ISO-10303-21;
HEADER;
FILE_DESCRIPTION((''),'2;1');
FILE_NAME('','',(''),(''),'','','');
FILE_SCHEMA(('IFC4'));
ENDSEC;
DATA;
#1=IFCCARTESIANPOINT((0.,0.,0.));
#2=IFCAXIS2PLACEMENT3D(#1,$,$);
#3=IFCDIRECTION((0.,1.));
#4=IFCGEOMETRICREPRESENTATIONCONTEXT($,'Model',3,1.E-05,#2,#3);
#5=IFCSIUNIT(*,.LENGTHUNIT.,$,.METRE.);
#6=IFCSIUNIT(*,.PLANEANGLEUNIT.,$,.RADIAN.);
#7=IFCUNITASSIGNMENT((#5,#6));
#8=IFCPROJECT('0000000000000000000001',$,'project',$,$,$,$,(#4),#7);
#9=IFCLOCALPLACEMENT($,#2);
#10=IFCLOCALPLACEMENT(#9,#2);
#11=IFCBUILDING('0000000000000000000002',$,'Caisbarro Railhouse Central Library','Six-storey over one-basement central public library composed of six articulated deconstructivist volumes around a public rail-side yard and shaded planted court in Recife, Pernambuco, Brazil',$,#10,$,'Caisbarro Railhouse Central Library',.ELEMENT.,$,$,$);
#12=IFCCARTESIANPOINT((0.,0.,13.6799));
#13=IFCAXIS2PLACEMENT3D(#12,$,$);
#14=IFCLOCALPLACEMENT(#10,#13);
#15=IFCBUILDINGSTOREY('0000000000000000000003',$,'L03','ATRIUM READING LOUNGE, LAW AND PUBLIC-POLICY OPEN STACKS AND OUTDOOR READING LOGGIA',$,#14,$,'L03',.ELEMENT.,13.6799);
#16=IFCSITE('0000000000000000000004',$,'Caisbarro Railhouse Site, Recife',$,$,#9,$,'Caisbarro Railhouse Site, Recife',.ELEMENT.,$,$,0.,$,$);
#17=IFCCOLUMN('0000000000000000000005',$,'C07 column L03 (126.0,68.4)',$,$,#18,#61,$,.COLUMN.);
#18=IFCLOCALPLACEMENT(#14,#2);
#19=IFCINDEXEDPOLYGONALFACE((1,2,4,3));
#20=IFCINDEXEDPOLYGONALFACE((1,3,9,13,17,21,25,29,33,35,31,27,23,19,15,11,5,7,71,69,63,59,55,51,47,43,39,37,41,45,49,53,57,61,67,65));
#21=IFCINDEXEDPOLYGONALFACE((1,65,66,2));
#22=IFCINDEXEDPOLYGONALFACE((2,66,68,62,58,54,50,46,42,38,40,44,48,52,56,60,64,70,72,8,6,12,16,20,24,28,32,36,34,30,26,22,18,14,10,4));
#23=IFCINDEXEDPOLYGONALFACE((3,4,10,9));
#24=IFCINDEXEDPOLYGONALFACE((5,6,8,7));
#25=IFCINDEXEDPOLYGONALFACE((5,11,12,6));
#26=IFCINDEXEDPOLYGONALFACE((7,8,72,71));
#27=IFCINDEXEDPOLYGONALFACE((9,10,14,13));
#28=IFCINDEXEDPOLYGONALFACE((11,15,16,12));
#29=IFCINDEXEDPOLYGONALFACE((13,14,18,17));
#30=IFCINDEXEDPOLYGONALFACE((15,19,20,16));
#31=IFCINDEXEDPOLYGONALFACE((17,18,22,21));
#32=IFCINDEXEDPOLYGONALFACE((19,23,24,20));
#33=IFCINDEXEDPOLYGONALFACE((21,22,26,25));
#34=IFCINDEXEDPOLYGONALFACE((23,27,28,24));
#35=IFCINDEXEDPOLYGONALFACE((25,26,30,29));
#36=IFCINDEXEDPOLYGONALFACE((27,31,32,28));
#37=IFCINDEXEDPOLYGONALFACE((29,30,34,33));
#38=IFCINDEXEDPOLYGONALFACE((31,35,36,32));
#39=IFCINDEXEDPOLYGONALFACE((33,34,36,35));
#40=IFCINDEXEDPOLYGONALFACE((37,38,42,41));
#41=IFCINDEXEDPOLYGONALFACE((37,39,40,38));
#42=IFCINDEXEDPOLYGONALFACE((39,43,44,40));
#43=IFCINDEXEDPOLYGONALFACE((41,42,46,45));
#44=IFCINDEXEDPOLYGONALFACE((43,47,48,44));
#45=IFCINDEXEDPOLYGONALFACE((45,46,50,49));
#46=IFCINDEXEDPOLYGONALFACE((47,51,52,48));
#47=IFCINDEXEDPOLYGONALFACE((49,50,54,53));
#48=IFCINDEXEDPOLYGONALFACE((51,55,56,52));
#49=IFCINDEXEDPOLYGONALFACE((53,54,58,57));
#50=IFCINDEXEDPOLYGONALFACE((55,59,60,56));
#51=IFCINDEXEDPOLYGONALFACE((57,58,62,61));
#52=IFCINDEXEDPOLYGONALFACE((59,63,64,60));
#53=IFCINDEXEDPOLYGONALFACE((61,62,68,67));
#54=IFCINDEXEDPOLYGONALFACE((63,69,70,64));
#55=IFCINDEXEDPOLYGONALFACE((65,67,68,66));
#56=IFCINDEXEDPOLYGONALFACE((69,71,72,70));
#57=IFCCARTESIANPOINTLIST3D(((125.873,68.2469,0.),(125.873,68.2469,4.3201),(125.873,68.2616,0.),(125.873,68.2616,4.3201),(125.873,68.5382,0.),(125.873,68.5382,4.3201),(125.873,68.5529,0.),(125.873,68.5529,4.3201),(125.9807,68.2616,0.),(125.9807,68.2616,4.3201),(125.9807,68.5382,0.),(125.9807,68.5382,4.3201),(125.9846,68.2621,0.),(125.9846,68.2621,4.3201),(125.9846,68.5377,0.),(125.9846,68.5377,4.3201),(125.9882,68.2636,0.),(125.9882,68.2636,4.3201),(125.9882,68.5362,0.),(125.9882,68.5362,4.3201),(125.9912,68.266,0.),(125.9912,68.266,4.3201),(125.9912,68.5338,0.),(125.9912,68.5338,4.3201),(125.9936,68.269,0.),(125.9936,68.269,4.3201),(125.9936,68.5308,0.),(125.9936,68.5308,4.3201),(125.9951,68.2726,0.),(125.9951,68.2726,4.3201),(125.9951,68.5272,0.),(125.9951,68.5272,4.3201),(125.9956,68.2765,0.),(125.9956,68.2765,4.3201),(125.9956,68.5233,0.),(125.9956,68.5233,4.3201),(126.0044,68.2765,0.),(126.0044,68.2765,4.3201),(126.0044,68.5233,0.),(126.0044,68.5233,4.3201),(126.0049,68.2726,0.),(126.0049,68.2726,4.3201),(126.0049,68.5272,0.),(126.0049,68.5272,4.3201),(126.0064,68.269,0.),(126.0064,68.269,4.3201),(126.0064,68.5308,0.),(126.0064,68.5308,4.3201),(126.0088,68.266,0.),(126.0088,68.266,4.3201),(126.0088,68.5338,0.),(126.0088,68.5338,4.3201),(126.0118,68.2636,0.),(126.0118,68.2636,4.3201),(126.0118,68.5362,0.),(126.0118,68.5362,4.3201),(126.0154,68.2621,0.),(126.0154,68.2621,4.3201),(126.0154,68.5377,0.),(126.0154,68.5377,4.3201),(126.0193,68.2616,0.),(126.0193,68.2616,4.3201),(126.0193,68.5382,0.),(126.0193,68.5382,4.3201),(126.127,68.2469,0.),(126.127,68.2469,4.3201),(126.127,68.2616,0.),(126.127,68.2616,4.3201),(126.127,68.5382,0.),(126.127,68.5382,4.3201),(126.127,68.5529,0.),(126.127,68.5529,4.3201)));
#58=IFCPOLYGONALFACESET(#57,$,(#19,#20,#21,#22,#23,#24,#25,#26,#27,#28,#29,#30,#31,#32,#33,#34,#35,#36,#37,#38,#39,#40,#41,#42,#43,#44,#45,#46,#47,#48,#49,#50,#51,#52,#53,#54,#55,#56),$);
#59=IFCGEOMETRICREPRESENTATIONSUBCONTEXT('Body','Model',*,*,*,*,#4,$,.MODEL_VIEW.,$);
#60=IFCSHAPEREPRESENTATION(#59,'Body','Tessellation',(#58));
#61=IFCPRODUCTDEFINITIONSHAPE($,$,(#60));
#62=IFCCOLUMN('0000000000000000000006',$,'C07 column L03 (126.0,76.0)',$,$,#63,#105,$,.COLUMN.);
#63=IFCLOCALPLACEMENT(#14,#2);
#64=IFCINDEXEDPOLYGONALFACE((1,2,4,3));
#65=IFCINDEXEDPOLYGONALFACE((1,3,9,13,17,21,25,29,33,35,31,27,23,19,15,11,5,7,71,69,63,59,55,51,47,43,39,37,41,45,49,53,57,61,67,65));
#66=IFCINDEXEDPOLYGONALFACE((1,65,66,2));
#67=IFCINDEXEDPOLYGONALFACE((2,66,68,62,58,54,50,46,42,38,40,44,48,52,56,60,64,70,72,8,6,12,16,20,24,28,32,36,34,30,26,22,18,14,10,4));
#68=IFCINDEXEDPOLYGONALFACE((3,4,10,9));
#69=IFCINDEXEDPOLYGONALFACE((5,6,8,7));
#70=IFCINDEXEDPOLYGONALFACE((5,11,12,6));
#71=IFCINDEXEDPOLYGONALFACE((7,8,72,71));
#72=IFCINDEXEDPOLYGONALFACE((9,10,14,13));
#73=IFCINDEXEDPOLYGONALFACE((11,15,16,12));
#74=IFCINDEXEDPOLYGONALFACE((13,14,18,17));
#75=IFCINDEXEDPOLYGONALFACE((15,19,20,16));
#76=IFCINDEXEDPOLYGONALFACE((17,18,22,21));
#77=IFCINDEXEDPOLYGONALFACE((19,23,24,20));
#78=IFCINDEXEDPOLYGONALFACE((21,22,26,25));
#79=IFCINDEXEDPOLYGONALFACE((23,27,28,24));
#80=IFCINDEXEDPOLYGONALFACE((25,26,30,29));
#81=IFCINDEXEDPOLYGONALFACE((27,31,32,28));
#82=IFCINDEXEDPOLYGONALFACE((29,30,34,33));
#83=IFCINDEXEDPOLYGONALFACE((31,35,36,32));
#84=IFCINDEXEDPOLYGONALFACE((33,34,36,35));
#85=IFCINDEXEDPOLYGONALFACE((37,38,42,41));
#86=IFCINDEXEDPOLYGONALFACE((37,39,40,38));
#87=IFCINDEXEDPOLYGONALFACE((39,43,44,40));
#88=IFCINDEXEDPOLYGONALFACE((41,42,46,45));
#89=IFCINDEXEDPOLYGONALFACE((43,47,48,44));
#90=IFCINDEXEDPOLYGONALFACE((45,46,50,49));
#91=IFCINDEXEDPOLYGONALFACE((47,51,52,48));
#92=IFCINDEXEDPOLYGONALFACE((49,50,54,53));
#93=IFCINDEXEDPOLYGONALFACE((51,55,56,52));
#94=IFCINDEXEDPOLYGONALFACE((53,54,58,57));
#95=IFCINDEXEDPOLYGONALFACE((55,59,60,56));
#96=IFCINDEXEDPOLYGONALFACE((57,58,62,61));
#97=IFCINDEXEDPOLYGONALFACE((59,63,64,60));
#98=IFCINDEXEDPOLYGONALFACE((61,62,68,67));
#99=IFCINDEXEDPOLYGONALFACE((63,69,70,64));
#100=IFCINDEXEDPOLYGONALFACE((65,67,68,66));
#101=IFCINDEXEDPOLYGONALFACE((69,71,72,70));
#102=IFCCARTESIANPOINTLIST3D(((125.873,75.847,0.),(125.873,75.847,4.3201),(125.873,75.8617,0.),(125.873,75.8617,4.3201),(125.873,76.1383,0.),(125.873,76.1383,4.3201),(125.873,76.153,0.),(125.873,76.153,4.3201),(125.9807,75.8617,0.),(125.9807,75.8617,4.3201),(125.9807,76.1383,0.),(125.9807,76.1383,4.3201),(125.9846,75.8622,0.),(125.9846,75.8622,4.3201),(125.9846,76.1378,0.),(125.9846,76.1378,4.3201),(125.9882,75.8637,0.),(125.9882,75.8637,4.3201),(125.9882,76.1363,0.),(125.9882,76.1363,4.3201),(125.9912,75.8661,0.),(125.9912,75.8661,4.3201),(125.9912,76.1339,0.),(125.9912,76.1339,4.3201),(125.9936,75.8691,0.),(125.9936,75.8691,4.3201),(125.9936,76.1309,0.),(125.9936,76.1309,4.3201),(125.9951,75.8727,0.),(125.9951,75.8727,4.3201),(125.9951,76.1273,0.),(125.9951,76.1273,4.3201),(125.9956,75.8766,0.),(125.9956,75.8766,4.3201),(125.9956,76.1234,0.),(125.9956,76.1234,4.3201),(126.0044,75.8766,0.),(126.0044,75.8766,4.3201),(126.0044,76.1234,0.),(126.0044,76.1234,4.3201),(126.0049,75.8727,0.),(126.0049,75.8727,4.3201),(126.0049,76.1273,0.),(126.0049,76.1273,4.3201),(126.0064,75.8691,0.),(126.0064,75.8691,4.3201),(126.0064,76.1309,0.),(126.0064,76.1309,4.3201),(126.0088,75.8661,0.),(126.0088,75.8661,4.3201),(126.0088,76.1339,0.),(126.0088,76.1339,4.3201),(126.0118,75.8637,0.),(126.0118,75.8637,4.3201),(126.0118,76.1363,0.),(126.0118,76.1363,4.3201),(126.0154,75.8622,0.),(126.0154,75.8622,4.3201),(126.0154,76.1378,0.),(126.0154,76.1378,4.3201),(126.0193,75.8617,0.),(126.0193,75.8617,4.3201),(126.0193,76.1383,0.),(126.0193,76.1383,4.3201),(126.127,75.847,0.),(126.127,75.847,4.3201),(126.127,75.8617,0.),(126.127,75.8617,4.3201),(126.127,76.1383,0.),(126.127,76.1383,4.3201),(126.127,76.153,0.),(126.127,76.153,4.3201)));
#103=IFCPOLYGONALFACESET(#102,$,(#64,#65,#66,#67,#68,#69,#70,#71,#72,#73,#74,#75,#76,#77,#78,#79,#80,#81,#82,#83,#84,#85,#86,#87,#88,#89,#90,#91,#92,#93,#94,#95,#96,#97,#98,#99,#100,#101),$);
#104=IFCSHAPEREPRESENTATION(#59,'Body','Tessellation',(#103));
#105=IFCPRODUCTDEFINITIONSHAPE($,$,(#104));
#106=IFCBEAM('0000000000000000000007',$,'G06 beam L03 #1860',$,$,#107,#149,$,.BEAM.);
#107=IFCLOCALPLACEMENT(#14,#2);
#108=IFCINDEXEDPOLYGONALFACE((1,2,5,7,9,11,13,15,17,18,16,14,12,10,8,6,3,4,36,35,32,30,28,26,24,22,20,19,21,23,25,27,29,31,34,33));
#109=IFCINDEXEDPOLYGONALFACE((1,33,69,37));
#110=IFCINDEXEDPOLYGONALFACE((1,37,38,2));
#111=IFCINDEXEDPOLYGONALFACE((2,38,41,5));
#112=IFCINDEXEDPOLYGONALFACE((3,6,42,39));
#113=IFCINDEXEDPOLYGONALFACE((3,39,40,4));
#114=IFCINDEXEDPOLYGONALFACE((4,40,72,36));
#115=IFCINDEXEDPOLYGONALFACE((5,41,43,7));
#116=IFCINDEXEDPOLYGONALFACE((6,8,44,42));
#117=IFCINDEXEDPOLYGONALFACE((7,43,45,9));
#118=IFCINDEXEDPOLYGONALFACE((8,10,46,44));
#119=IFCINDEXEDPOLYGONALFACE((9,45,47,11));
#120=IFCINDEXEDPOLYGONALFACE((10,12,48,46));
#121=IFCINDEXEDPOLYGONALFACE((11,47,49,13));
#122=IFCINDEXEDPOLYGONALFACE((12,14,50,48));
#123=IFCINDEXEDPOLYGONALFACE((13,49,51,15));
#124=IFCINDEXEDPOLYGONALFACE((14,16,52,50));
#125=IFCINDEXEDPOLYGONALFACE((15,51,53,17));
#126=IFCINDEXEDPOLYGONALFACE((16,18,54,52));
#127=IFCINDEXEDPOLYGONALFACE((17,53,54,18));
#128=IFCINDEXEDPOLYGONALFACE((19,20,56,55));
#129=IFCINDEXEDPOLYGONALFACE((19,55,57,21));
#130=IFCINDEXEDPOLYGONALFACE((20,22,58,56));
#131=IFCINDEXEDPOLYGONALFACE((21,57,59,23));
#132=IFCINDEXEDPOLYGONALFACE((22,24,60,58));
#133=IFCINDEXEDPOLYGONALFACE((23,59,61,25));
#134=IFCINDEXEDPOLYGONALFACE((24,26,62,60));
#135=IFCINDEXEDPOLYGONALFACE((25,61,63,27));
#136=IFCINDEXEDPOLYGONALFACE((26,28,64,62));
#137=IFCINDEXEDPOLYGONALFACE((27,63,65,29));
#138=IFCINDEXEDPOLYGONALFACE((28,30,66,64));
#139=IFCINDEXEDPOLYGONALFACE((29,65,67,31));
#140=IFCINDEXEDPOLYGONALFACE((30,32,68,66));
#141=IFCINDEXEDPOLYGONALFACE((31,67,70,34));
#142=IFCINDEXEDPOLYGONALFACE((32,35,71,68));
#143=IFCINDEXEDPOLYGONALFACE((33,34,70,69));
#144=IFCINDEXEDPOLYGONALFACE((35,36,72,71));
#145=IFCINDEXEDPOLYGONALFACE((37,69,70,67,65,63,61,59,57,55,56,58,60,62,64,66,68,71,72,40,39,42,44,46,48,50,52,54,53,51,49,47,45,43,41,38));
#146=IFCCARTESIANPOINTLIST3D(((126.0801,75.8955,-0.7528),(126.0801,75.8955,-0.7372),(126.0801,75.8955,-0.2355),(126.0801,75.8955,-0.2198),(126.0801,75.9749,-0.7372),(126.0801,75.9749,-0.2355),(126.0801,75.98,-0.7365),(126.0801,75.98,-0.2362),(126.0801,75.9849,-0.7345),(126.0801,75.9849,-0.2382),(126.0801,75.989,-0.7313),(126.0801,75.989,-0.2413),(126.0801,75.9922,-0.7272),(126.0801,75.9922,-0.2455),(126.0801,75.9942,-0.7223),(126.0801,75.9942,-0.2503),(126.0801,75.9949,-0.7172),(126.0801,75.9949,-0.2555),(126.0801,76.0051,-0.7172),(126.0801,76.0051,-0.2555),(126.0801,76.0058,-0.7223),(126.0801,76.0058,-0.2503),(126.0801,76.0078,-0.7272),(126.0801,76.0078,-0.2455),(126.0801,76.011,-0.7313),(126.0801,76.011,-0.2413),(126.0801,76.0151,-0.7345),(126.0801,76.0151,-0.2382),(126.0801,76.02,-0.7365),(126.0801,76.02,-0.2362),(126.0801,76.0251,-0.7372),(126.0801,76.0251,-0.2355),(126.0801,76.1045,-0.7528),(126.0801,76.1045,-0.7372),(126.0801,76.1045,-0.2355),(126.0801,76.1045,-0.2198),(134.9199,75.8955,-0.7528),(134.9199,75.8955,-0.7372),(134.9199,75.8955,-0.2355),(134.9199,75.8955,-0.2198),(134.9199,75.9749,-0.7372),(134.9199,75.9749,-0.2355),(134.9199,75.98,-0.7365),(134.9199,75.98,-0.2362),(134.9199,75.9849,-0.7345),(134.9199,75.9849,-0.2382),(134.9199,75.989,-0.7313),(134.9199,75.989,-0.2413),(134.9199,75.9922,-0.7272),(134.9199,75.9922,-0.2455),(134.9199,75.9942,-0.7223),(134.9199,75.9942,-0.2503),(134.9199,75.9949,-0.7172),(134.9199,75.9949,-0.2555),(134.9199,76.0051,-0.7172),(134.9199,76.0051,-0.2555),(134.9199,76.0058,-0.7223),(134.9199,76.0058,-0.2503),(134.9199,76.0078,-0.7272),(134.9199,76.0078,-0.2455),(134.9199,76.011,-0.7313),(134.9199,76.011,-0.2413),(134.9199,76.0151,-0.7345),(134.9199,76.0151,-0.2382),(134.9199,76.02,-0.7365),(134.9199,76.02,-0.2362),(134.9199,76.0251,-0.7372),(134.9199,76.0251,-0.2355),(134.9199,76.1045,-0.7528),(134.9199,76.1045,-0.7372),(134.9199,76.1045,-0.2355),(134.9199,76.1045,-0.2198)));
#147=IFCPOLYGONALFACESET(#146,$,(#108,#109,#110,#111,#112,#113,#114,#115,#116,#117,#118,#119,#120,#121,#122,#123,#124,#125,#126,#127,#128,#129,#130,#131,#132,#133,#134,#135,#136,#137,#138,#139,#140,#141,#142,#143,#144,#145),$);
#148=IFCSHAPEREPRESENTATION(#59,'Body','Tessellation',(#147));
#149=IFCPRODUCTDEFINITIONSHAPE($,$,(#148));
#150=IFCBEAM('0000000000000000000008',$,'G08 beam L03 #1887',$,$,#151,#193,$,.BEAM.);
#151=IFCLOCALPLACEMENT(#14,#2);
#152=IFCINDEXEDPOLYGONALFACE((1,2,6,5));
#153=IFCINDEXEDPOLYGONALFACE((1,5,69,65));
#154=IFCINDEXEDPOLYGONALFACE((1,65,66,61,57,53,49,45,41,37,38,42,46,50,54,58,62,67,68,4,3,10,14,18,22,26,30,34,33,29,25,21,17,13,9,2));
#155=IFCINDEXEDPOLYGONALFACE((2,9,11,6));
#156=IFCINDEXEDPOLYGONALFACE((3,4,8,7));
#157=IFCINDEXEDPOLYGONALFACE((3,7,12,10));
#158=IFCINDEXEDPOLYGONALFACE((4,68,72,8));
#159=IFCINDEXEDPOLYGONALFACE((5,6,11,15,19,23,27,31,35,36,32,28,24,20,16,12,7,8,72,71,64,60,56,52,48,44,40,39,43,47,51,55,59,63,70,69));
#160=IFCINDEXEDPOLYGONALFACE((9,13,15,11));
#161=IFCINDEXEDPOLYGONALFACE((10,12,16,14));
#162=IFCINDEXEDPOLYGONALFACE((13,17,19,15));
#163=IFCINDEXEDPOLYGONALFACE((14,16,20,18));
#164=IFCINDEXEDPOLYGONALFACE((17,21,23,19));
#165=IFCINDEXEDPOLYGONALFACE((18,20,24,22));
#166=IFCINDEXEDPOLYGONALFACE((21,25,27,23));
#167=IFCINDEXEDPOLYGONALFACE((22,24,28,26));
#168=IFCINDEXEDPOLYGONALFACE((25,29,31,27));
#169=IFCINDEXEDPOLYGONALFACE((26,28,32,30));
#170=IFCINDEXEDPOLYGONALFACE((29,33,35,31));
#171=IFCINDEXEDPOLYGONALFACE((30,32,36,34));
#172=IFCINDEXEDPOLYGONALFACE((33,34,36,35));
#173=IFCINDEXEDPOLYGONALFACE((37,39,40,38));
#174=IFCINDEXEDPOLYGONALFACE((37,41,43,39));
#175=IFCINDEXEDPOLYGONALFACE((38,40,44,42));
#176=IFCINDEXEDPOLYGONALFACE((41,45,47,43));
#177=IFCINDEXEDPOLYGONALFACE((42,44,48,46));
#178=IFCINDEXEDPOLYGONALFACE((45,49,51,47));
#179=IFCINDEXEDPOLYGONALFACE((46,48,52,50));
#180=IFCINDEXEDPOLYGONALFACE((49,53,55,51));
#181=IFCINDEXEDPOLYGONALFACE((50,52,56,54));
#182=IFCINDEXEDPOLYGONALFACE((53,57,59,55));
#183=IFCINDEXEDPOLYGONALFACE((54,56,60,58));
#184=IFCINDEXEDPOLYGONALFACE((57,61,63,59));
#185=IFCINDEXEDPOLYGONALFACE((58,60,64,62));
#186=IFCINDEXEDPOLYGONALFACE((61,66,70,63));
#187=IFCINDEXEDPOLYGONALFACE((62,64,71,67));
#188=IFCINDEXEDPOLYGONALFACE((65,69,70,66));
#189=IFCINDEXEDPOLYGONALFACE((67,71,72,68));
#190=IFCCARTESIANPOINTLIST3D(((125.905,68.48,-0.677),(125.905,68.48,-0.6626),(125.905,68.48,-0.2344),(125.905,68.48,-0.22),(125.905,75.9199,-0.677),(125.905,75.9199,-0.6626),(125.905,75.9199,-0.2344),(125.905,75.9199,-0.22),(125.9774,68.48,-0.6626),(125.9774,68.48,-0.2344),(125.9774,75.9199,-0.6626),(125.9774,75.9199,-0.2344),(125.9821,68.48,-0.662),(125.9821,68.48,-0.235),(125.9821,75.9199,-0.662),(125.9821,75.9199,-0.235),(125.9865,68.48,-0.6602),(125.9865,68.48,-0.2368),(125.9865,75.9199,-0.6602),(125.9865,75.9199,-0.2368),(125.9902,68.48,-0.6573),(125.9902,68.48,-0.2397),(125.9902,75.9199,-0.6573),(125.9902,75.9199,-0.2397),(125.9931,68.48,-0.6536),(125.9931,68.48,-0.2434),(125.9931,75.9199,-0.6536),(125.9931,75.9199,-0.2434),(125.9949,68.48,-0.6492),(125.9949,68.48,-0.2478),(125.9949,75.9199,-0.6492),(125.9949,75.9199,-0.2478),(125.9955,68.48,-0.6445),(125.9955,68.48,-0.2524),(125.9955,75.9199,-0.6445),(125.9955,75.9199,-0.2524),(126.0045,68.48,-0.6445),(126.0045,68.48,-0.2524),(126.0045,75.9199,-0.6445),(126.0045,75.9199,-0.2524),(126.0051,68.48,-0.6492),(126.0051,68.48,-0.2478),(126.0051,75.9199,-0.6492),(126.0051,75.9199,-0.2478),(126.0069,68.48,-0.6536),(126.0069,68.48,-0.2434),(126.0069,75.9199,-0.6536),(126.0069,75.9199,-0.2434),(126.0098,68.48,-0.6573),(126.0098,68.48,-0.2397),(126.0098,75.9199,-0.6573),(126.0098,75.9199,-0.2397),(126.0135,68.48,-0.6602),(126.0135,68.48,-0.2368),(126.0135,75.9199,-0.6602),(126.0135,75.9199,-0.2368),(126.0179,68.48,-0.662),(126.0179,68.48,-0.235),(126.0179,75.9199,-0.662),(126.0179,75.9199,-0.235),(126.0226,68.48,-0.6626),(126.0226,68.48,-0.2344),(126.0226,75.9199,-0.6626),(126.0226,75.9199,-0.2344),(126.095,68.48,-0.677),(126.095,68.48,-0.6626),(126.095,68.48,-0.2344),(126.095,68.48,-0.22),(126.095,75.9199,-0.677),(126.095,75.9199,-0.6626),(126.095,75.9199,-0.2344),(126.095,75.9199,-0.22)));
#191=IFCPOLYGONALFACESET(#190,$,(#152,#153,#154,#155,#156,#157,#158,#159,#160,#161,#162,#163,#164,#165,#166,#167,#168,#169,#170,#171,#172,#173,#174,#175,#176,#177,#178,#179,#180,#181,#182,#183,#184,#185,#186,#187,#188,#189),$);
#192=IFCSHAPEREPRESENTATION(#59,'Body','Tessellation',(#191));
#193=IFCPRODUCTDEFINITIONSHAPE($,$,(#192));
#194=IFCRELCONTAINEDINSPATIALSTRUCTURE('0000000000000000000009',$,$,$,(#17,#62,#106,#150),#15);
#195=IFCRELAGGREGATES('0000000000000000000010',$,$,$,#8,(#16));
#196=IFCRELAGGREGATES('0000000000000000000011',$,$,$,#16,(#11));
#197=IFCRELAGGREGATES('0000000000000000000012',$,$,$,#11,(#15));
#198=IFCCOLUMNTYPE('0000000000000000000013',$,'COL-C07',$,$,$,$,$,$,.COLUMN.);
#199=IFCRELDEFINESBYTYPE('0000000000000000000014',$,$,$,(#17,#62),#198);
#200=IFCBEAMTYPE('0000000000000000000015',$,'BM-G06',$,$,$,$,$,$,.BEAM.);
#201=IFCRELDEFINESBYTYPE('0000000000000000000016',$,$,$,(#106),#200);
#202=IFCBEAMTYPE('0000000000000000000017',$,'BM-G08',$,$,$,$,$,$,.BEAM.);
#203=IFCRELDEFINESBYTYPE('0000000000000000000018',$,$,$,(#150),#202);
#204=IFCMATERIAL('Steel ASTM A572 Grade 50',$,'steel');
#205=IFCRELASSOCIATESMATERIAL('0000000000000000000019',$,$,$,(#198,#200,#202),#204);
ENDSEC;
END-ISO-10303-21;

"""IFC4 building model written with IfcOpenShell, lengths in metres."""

from ifc_helpers import new_model, si_unit, direction, frame, origin, origin_2d, place, context, subcontext, project, spatial, i_section, extrude, material, material_profile, profile_set, type_object, element, save


model = new_model("IFC4")

# Units and contexts
model_context = context("Model", 3, precision=1e-05, world=origin(), true_north=direction((0.0, 1.0)))
body_context = subcontext(model_context, "Body", "Model", "MODEL_VIEW")
ifc_project = project(units=[si_unit("LENGTHUNIT", "METRE"), si_unit("PLANEANGLEUNIT", "RADIAN")], contexts=[model_context])

# Site, building, storey
site_placement = place(None, origin())
site = spatial("IfcSite", under=ifc_project, at=site_placement, Name="Caisbarro Railhouse Site, Recife", LongName="Caisbarro Railhouse Site, Recife", CompositionType="ELEMENT", RefElevation=0.0)
building_placement = place(site_placement, origin())
building = spatial("IfcBuilding", under=site, at=building_placement, Name="Caisbarro Railhouse Central Library", Description="Six-storey over one-basement central public library composed of six articulated deconstructivist volumes around a public rail-side yard and shaded planted court in Recife, Pernambuco, Brazil", LongName="Caisbarro Railhouse Central Library", CompositionType="ELEMENT")
storey_placement = place(building_placement, frame((0.0, 0.0, 13.6799)))
storey = spatial("IfcBuildingStorey", under=building, at=storey_placement, Name="L03", Description="ATRIUM READING LOUNGE, LAW AND PUBLIC-POLICY OPEN STACKS AND OUTDOOR READING LOGGIA", LongName="L03", CompositionType="ELEMENT", Elevation=13.6799)

# Columns
ifc_material_1 = material(Name="Steel ASTM A572 Grade 50", Category="steel")
ifc_material_profile_1 = material_profile(ifc_material_1, i_section(OverallWidth=0.2539, OverallDepth=0.3059, WebThickness=0.0088, FlangeThickness=0.0146, FilletRadius=0.0149, at=origin_2d()), Name="W310X79.0")
ifc_profile_set_1 = profile_set([ifc_material_profile_1], Name="Steel ASTM A572 Grade 50")
column_type = type_object("IfcColumnType", Name="COL-C07", PredefinedType="COLUMN", material=ifc_profile_set_1)
for number, where, z_axis, x_axis, name in (
    (1, (126.0, 68.3999, 0.0), (0.0, 0.0, 1.0), (1.0, 0.0, 0.0), "C07 column L03 (126.0,68.4)"),
    (2, (126.0, 76.0, 0.0), (0.0, 0.0, 1.0), (1.0, 0.0, 0.0), "C07 column L03 (126.0,76.0)"),
):
    element("IfcColumn", number, at=place(storey_placement, frame(where, z_axis=z_axis, x_axis=x_axis)), inside=storey, type_object=column_type, Name=name, PredefinedType="COLUMN", context=body_context, shape_type="SweptSolid", body=[
        extrude(i_section(OverallWidth=0.2539, OverallDepth=0.3059, WebThickness=0.0088, FlangeThickness=0.0146, FilletRadius=0.0149, at=origin_2d()), origin(), (0.0, 0.0, 1.0), 4.3201),
    ])

# Beams
ifc_material_profile_2 = material_profile(ifc_material_1, i_section(OverallWidth=0.209, OverallDepth=0.533, WebThickness=0.0103, FlangeThickness=0.0156, FilletRadius=0.02, at=origin_2d()), Name="W530X92.0")
ifc_profile_set_2 = profile_set([ifc_material_profile_2], Name="Steel ASTM A572 Grade 50")
beam_type_1 = type_object("IfcBeamType", Name="BM-G06", PredefinedType="BEAM", material=ifc_profile_set_2)
beam_1_placement = place(storey_placement, frame((126.0801, 76.0, -0.4863), z_axis=(1.0, 0.0, 0.0), x_axis=(0.0, 1.0, 0.0)))
element("IfcBeam", 3, at=beam_1_placement, inside=storey, type_object=beam_type_1, Name="G06 beam L03 #1860", PredefinedType="BEAM", context=body_context, shape_type="SweptSolid", body=[
    extrude(i_section(OverallWidth=0.209, OverallDepth=0.533, WebThickness=0.0103, FlangeThickness=0.0156, FilletRadius=0.02, at=origin_2d()), origin(), (0.0, 0.0, 1.0), 8.8398),
])
ifc_material_profile_3 = material_profile(ifc_material_1, i_section(OverallWidth=0.1899, OverallDepth=0.457, WebThickness=0.009, FlangeThickness=0.0144, FilletRadius=0.0181, at=origin_2d()), Name="W460X74.0")
ifc_profile_set_3 = profile_set([ifc_material_profile_3], Name="Steel ASTM A572 Grade 50")
beam_type_2 = type_object("IfcBeamType", Name="BM-G08", PredefinedType="BEAM", material=ifc_profile_set_3)
for number, where, z_axis, x_axis, name in (
    (4, (126.0, 68.48, -0.4485), (0.0, 1.0, 0.0), (-1.0, 0.0, 0.0), "G08 beam L03 #1887"),
):
    element("IfcBeam", number, at=place(storey_placement, frame(where, z_axis=z_axis, x_axis=x_axis)), inside=storey, type_object=beam_type_2, Name=name, PredefinedType="BEAM", context=body_context, shape_type="SweptSolid", body=[
        extrude(i_section(OverallWidth=0.1899, OverallDepth=0.457, WebThickness=0.009, FlangeThickness=0.0144, FilletRadius=0.0181, at=origin_2d()), origin(), (0.0, 0.0, 1.0), 7.4399),
    ])

save(model, "model.ifc")
